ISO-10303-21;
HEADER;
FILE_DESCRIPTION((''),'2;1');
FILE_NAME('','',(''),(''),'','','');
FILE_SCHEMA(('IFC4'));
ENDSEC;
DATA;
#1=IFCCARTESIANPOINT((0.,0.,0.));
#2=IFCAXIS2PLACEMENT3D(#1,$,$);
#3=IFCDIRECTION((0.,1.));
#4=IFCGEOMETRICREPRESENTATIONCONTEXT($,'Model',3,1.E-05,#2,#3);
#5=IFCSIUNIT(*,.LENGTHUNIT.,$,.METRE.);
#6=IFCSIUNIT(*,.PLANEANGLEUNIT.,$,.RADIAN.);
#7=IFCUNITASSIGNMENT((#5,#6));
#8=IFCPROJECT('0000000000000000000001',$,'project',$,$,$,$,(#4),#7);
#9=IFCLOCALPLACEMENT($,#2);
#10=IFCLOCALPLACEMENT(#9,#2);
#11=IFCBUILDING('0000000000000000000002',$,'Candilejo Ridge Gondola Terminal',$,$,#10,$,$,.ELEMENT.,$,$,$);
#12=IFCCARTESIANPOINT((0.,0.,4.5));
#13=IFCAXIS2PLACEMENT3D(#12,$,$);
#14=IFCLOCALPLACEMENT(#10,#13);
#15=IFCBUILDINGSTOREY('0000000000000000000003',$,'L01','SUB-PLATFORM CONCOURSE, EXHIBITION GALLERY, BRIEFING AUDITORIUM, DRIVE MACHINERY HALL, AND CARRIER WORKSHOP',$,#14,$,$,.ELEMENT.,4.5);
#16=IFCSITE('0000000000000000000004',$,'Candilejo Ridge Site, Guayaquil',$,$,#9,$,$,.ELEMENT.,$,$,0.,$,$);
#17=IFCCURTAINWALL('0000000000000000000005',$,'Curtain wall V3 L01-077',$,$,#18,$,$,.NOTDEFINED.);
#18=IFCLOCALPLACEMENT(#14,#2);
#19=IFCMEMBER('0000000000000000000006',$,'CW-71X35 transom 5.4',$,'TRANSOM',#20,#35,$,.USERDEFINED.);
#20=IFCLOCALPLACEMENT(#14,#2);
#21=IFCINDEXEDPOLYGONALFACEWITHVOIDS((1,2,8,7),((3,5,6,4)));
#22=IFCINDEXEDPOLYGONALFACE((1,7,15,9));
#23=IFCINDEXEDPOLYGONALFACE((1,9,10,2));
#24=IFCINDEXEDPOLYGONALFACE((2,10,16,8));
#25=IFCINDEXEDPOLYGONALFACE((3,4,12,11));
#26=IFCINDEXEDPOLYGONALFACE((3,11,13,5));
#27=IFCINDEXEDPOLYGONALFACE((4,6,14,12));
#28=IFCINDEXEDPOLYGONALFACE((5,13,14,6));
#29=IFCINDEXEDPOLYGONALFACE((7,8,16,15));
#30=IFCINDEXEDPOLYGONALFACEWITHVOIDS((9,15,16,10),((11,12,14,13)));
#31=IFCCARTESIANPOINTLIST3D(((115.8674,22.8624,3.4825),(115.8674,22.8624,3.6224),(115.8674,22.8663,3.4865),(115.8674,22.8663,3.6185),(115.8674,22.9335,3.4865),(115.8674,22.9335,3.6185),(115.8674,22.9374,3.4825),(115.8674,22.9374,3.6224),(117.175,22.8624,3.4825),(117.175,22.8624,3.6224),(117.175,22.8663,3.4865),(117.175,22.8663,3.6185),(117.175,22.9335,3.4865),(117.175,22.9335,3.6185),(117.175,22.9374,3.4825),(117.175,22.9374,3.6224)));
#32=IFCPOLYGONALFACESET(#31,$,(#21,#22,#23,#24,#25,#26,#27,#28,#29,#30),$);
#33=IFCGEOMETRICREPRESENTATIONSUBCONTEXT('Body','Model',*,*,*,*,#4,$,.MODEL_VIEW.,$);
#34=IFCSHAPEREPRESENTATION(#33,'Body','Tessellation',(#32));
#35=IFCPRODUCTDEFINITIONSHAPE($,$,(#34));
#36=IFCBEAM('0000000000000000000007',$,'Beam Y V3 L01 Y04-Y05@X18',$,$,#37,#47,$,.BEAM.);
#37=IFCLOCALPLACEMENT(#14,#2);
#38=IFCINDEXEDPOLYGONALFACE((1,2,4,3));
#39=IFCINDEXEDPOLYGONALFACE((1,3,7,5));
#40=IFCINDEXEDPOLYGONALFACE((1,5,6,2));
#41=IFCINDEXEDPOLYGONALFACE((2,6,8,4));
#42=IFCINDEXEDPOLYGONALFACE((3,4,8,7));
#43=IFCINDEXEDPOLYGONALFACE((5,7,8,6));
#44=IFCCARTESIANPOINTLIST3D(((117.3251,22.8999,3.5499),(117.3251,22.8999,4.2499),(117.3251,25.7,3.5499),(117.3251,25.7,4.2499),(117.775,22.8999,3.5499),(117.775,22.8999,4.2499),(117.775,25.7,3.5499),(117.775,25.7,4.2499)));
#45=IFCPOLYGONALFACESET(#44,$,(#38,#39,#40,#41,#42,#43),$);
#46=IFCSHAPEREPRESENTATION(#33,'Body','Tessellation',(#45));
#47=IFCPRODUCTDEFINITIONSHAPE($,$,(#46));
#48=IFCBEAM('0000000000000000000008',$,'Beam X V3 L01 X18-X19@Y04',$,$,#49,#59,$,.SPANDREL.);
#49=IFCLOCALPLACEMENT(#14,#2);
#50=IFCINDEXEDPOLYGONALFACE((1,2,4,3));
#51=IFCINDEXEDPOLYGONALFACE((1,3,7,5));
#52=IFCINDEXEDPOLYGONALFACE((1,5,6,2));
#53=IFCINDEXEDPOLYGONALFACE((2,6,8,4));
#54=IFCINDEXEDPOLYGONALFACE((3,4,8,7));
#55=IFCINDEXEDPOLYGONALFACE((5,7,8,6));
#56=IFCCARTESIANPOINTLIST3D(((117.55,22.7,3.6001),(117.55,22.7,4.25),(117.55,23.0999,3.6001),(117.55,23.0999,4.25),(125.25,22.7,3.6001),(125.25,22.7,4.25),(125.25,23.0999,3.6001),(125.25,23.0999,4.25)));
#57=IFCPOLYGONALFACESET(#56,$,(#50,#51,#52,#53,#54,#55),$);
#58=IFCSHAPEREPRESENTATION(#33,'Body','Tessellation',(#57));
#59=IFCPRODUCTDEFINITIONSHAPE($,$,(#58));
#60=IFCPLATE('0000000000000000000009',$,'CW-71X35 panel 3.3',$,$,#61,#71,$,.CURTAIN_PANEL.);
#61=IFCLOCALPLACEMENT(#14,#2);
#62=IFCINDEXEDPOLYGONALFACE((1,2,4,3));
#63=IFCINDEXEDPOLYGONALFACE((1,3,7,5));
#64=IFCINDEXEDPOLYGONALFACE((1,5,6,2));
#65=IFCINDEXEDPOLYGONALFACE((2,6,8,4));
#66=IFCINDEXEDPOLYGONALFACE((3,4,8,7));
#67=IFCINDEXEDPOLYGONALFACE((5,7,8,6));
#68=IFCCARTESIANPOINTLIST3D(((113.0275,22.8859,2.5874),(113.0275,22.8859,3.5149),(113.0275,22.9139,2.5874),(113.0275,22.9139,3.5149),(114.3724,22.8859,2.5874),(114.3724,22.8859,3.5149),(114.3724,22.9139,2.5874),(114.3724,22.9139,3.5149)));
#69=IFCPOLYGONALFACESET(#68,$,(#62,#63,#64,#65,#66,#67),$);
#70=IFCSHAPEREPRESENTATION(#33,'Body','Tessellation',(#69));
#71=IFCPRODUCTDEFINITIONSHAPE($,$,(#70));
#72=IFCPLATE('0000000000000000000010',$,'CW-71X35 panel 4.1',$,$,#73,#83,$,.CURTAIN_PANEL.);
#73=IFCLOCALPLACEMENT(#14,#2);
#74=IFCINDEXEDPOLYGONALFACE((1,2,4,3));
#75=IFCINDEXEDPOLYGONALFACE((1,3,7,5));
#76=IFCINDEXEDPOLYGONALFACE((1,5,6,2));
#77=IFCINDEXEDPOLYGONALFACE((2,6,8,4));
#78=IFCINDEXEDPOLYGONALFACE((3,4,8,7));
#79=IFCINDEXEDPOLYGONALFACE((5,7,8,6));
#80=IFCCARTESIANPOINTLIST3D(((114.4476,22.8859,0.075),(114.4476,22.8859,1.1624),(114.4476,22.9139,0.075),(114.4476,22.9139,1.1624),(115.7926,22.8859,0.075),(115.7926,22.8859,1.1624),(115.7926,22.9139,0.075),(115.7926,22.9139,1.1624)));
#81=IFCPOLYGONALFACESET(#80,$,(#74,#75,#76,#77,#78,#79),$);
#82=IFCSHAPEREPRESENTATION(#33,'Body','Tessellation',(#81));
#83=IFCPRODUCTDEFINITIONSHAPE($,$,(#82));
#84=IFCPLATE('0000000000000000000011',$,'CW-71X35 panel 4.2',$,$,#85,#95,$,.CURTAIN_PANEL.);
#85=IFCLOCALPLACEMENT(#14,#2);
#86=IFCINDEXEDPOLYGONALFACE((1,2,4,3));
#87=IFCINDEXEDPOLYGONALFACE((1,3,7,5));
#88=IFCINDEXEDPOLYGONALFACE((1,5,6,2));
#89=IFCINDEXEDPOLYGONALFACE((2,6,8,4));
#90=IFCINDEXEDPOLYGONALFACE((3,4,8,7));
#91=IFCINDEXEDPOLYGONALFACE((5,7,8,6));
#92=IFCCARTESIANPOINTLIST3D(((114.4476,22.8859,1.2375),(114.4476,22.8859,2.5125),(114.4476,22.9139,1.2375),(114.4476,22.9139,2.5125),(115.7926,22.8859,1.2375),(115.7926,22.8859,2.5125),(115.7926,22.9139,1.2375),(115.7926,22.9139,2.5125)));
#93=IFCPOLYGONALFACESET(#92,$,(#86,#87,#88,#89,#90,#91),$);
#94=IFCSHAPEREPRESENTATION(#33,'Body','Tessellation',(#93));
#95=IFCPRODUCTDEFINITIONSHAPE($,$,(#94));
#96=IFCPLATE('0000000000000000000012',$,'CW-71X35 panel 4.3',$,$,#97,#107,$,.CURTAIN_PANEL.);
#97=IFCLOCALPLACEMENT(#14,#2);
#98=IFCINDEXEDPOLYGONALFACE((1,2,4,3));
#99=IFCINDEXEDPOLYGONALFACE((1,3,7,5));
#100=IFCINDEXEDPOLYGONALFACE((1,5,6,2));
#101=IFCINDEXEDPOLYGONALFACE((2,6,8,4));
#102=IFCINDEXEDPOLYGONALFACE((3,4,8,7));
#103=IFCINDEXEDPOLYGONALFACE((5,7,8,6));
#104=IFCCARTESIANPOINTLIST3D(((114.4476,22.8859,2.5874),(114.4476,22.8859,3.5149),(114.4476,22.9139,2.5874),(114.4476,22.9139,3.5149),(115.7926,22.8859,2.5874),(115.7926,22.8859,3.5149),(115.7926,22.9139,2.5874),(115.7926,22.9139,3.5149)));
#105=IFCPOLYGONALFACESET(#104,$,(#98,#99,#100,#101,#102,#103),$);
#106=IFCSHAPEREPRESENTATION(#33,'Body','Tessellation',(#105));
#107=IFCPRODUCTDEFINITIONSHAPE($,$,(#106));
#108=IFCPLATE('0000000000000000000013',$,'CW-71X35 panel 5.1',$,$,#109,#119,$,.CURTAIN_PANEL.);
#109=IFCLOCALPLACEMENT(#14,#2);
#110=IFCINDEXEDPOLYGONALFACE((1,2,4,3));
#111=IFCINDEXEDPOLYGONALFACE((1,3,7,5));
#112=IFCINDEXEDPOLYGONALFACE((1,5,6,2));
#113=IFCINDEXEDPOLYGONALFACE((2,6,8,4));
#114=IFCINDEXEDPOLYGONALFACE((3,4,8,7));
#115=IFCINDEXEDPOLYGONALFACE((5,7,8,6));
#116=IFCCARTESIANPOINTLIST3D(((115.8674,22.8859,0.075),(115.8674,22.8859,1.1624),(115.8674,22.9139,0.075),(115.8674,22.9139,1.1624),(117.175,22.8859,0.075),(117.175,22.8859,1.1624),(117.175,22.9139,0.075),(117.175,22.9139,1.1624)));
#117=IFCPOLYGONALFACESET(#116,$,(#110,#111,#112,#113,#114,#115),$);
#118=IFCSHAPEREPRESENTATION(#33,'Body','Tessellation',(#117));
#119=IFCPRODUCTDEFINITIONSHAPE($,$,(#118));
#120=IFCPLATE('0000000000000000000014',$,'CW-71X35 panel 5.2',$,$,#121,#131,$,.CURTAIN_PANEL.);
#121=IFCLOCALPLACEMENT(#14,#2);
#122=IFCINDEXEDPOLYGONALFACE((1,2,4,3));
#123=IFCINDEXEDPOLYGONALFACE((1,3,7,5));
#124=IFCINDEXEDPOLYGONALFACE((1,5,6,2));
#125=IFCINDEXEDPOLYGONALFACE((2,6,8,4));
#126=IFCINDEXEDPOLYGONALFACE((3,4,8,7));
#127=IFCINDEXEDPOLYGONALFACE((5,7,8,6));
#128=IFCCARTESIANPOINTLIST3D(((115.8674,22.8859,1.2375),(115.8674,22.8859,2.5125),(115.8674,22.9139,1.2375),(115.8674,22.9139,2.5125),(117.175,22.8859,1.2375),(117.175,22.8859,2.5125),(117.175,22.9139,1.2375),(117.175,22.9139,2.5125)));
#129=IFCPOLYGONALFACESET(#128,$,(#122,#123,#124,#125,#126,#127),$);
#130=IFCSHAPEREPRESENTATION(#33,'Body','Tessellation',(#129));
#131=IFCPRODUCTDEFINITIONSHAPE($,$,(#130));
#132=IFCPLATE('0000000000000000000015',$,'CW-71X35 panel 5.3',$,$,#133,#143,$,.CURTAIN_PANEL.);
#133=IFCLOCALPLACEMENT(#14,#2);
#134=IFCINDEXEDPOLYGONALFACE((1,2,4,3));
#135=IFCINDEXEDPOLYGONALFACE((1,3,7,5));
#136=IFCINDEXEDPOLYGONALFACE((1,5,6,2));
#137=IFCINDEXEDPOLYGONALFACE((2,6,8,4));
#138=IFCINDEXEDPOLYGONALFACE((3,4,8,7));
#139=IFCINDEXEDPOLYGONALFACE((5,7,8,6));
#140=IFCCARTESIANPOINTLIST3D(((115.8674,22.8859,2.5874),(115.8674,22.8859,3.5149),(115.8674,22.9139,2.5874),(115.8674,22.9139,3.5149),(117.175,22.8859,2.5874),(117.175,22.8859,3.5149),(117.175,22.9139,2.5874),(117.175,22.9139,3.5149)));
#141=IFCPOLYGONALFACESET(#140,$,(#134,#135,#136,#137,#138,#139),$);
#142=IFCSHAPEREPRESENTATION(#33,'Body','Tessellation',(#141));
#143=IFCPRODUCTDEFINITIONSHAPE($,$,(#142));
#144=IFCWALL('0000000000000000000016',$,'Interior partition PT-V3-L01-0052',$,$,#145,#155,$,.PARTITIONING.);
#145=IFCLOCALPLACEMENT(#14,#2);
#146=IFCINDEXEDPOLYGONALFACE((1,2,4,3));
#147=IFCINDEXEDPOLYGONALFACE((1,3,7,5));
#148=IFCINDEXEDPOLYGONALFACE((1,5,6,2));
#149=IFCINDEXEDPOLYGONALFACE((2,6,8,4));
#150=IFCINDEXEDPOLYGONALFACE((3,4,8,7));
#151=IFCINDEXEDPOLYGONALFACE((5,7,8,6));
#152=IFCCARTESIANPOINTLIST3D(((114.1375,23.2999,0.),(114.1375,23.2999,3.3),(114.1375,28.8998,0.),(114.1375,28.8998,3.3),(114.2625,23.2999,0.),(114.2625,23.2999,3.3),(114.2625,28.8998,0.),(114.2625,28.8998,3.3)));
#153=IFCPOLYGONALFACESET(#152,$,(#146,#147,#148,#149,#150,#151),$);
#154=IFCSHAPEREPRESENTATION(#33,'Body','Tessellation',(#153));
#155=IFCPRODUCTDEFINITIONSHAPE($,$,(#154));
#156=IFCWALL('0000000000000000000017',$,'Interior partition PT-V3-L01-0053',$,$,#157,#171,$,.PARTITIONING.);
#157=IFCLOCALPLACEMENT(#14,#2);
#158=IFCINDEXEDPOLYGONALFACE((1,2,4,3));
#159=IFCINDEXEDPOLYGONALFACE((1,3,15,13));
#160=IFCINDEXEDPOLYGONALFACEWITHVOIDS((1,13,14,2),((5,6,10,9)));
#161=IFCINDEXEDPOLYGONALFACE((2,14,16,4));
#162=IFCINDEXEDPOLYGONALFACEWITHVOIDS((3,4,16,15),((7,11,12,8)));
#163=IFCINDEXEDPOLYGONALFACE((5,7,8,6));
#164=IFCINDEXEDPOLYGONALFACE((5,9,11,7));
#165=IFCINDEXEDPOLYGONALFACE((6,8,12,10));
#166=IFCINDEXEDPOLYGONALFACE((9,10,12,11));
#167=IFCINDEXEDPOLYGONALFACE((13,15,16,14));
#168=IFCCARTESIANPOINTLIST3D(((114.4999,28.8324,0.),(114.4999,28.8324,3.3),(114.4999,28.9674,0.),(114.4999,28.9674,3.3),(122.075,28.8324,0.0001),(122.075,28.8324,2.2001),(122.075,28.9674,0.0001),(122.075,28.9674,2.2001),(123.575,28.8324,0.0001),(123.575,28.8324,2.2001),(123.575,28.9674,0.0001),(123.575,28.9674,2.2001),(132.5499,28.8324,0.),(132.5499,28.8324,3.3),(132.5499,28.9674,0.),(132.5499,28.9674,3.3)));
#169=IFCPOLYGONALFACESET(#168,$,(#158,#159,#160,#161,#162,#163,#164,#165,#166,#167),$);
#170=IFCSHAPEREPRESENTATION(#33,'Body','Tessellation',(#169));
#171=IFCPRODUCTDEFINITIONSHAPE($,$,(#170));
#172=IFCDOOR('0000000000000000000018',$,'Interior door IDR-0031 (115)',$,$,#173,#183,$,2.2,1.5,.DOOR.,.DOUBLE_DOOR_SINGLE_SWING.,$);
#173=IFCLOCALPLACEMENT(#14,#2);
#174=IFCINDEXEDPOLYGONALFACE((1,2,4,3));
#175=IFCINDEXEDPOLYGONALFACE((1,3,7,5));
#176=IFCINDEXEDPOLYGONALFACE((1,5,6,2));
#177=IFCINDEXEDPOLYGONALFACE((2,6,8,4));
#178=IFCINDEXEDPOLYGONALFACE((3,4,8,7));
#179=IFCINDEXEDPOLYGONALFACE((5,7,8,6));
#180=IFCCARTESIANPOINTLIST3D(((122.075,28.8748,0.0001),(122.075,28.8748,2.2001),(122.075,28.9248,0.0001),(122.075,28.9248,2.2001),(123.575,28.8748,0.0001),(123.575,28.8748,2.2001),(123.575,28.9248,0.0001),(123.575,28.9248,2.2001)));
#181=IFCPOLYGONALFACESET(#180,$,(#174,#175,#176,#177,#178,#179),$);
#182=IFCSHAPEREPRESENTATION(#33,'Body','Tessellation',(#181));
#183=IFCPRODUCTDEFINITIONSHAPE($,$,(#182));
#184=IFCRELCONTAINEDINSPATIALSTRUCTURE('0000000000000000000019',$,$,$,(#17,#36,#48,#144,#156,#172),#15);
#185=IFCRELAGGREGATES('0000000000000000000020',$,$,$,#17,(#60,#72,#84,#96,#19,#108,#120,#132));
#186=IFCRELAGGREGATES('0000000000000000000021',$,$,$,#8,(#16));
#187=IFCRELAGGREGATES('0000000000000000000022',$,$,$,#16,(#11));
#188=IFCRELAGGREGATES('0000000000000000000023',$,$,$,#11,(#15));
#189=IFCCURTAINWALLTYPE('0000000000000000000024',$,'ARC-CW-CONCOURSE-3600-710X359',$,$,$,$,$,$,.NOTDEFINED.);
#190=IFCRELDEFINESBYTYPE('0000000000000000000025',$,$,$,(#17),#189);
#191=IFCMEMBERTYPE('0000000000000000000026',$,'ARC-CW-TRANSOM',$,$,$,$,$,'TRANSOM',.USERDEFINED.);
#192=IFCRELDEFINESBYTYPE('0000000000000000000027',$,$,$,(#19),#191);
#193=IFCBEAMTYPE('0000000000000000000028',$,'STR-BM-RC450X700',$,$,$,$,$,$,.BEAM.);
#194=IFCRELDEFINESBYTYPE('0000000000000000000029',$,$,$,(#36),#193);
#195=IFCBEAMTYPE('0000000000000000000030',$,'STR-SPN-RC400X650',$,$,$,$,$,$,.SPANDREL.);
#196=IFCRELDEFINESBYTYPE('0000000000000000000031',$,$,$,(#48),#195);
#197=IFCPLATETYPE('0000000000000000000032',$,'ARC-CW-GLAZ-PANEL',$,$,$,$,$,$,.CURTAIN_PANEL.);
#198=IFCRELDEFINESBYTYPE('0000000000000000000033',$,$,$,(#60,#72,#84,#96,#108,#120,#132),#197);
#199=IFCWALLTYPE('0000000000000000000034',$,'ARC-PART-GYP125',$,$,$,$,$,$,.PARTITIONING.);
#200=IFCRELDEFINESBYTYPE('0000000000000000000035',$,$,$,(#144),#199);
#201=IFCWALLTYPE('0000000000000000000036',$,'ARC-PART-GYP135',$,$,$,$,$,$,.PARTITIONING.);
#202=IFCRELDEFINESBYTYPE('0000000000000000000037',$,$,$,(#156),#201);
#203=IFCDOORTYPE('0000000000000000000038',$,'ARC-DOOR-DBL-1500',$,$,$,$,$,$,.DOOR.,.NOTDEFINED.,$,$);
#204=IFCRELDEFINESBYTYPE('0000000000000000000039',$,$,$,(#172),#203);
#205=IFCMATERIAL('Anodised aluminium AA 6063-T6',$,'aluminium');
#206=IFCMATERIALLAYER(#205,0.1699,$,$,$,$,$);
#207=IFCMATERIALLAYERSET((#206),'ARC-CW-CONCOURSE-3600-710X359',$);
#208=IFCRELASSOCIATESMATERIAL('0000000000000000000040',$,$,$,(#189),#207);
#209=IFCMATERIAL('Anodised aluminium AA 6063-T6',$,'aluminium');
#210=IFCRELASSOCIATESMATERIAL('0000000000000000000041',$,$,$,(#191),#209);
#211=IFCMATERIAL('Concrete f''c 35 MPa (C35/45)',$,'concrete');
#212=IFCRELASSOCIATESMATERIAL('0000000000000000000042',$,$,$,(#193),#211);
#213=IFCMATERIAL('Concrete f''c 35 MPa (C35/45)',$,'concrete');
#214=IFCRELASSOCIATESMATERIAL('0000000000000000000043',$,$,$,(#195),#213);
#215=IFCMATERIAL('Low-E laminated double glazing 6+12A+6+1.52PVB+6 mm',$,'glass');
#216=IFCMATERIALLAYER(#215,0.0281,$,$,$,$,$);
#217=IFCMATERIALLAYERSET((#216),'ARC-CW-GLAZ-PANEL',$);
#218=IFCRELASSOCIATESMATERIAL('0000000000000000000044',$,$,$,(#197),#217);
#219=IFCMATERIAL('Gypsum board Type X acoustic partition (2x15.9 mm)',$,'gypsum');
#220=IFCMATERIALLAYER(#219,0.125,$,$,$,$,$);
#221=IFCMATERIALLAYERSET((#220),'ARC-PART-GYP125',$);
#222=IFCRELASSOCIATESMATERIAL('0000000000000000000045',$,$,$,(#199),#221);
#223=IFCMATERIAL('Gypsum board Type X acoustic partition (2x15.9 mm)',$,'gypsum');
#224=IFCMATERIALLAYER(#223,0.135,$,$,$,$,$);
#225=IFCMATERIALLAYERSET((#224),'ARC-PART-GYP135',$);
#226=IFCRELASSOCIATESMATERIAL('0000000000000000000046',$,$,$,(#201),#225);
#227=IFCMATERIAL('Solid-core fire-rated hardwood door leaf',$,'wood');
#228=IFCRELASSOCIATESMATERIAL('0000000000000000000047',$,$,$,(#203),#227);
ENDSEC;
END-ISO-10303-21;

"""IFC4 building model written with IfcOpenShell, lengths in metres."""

from ifc_helpers import new_model, si_unit, direction, frame, frame_2d, origin, origin_2d, place, context, subcontext, project, spatial, rectangle, hollow_rectangle, extrude, material, layer, layer_set, material_profile, profile_set, type_object, element, fill, aggregate, save


model = new_model("IFC4")

# Units and contexts
model_context = context("Model", 3, precision=1e-05, world=origin(), true_north=direction((0.0, 1.0)))
body_context = subcontext(model_context, "Body", "Model", "MODEL_VIEW")
ifc_project = project(units=[si_unit("LENGTHUNIT", "METRE"), si_unit("PLANEANGLEUNIT", "RADIAN")], contexts=[model_context])

# Site, building, storey
site_placement = place(None, origin())
site = spatial("IfcSite", under=ifc_project, at=site_placement, Name="Candilejo Ridge Site, Guayaquil", CompositionType="ELEMENT", RefElevation=0.0)
building_placement = place(site_placement, origin())
building = spatial("IfcBuilding", under=site, at=building_placement, Name="Candilejo Ridge Gondola Terminal", CompositionType="ELEMENT")
storey_placement = place(building_placement, frame((0.0, 0.0, 4.5)))
storey = spatial("IfcBuildingStorey", under=building, at=storey_placement, Name="L01", Description="SUB-PLATFORM CONCOURSE, EXHIBITION GALLERY, BRIEFING AUDITORIUM, DRIVE MACHINERY HALL, AND CARRIER WORKSHOP", CompositionType="ELEMENT", Elevation=4.5)

# Curtain wall, member
ifc_material_1 = material(Name="Anodised aluminium AA 6063-T6", Category="aluminium")
ifc_layer_1 = layer(ifc_material_1, 0.1699)
ifc_layer_set_1 = layer_set([ifc_layer_1], Name="ARC-CW-CONCOURSE-3600-710X359")
curtain_wall_type = type_object("IfcCurtainWallType", Name="ARC-CW-CONCOURSE-3600-710X359", PredefinedType="NOTDEFINED", material=ifc_layer_set_1)
curtain_wall_placement = place(storey_placement, origin())
curtain_wall = element("IfcCurtainWall", 1, at=curtain_wall_placement, inside=storey, type_object=curtain_wall_type, Name="Curtain wall V3 L01-077", PredefinedType="NOTDEFINED")
ifc_material_2 = material(Name="Anodised aluminium AA 6063-T6", Category="aluminium")
ifc_material_profile_1 = material_profile(ifc_material_2, hollow_rectangle(XDim=0.075, YDim=0.1399, WallThickness=0.0039, at=origin_2d()))
ifc_profile_set_1 = profile_set([ifc_material_profile_1], Name="Anodised aluminium AA 6063-T6")
member_type_1 = type_object("IfcMemberType", Name="ARC-CW-TRANSOM", ElementType="TRANSOM", PredefinedType="USERDEFINED", material=ifc_profile_set_1)
member_1_placement = place(storey_placement, frame((115.8674, 22.8999, 3.5525), z_axis=(1.0, 0.0, 0.0), x_axis=(0.0, 1.0, 0.0)))
member_1 = element("IfcMember", 2, at=member_1_placement, type_object=member_type_1, Name="CW-71X35 transom 5.4", ObjectType="TRANSOM", PredefinedType="USERDEFINED", context=body_context, shape_type="SweptSolid", body=[
    extrude(hollow_rectangle(XDim=0.075, YDim=0.1399, WallThickness=0.0039, at=origin_2d()), origin(), (0.0, 0.0, 1.0), 1.3076),
])

# Beams
ifc_material_3 = material(Name="Concrete f'c 35 MPa (C35/45)", Category="concrete")
ifc_material_profile_2 = material_profile(ifc_material_3, rectangle(XDim=0.45, YDim=0.7, at=origin_2d()))
ifc_profile_set_2 = profile_set([ifc_material_profile_2], Name="Concrete f'c 35 MPa (C35/45)")
beam_type_1 = type_object("IfcBeamType", Name="STR-BM-RC450X700", PredefinedType="BEAM", material=ifc_profile_set_2)
beam_1_placement = place(storey_placement, frame((117.55, 22.8999, 3.8999), z_axis=(0.0, 1.0, 0.0), x_axis=(-1.0, 0.0, 0.0)))
element("IfcBeam", 3, at=beam_1_placement, inside=storey, type_object=beam_type_1, Name="Beam Y V3 L01 Y04-Y05@X18", PredefinedType="BEAM", context=body_context, shape_type="SweptSolid", body=[
    extrude(rectangle(XDim=0.45, YDim=0.7, at=origin_2d()), origin(), (0.0, 0.0, 1.0), 2.8),
])
ifc_material_4 = material(Name="Concrete f'c 35 MPa (C35/45)", Category="concrete")
ifc_material_profile_3 = material_profile(ifc_material_4, rectangle(XDim=0.3999, YDim=0.6499, at=origin_2d()))
ifc_profile_set_3 = profile_set([ifc_material_profile_3], Name="Concrete f'c 35 MPa (C35/45)")
beam_type_2 = type_object("IfcBeamType", Name="STR-SPN-RC400X650", PredefinedType="SPANDREL", material=ifc_profile_set_3)
beam_2_placement = place(storey_placement, frame((117.55, 22.8999, 3.925), z_axis=(1.0, 0.0, 0.0), x_axis=(0.0, 1.0, 0.0)))
element("IfcBeam", 4, at=beam_2_placement, inside=storey, type_object=beam_type_2, Name="Beam X V3 L01 X18-X19@Y04", PredefinedType="SPANDREL", context=body_context, shape_type="SweptSolid", body=[
    extrude(rectangle(XDim=0.3999, YDim=0.6499, at=origin_2d()), origin(), (0.0, 0.0, 1.0), 7.7),
])

# Plates
ifc_material_5 = material(Name="Low-E laminated double glazing 6+12A+6+1.52PVB+6 mm", Category="glass")
ifc_layer_2 = layer(ifc_material_5, 0.0281)
ifc_layer_set_2 = layer_set([ifc_layer_2], Name="ARC-CW-GLAZ-PANEL")
plate_type = type_object("IfcPlateType", Name="ARC-CW-GLAZ-PANEL", PredefinedType="CURTAIN_PANEL", material=ifc_layer_set_2)
plate_1_placement = place(storey_placement, frame((113.7, 22.8999, 2.5874), z_axis=(0.0, 0.0, 1.0), x_axis=(1.0, 0.0, 0.0)))
plate_1 = element("IfcPlate", 5, at=plate_1_placement, type_object=plate_type, Name="CW-71X35 panel 3.3", PredefinedType="CURTAIN_PANEL", context=body_context, shape_type="SweptSolid", body=[
    extrude(rectangle(XDim=1.345, YDim=0.0281, at=origin_2d()), origin(), (0.0, 0.0, 1.0), 0.9275),
])
plate_2_placement = place(storey_placement, frame((115.1201, 22.8999, 0.075), z_axis=(0.0, 0.0, 1.0), x_axis=(1.0, 0.0, 0.0)))
plate_2 = element("IfcPlate", 6, at=plate_2_placement, type_object=plate_type, Name="CW-71X35 panel 4.1", PredefinedType="CURTAIN_PANEL", context=body_context, shape_type="SweptSolid", body=[
    extrude(rectangle(XDim=1.345, YDim=0.0281, at=origin_2d()), origin(), (0.0, 0.0, 1.0), 1.0874),
])
plate_3_placement = place(storey_placement, frame((115.1201, 22.8999, 1.2375), z_axis=(0.0, 0.0, 1.0), x_axis=(1.0, 0.0, 0.0)))
plate_3 = element("IfcPlate", 7, at=plate_3_placement, type_object=plate_type, Name="CW-71X35 panel 4.2", PredefinedType="CURTAIN_PANEL", context=body_context, shape_type="SweptSolid", body=[
    extrude(rectangle(XDim=1.345, YDim=0.0281, at=origin_2d()), origin(), (0.0, 0.0, 1.0), 1.2749),
])
plate_4_placement = place(storey_placement, frame((115.1201, 22.8999, 2.5874), z_axis=(0.0, 0.0, 1.0), x_axis=(1.0, 0.0, 0.0)))
plate_4 = element("IfcPlate", 8, at=plate_4_placement, type_object=plate_type, Name="CW-71X35 panel 4.3", PredefinedType="CURTAIN_PANEL", context=body_context, shape_type="SweptSolid", body=[
    extrude(rectangle(XDim=1.345, YDim=0.0281, at=origin_2d()), origin(), (0.0, 0.0, 1.0), 0.9275),
])
plate_5_placement = place(storey_placement, frame((116.5212, 22.8999, 0.075), z_axis=(0.0, 0.0, 1.0), x_axis=(1.0, 0.0, 0.0)))
plate_5 = element("IfcPlate", 9, at=plate_5_placement, type_object=plate_type, Name="CW-71X35 panel 5.1", PredefinedType="CURTAIN_PANEL", context=body_context, shape_type="SweptSolid", body=[
    extrude(rectangle(XDim=1.3076, YDim=0.0281, at=origin_2d()), origin(), (0.0, 0.0, 1.0), 1.0874),
])
plate_6_placement = place(storey_placement, frame((116.5212, 22.8999, 1.2375), z_axis=(0.0, 0.0, 1.0), x_axis=(1.0, 0.0, 0.0)))
plate_6 = element("IfcPlate", 10, at=plate_6_placement, type_object=plate_type, Name="CW-71X35 panel 5.2", PredefinedType="CURTAIN_PANEL", context=body_context, shape_type="SweptSolid", body=[
    extrude(rectangle(XDim=1.3076, YDim=0.0281, at=origin_2d()), origin(), (0.0, 0.0, 1.0), 1.2749),
])
plate_7_placement = place(storey_placement, frame((116.5212, 22.8999, 2.5874), z_axis=(0.0, 0.0, 1.0), x_axis=(1.0, 0.0, 0.0)))
plate_7 = element("IfcPlate", 11, at=plate_7_placement, type_object=plate_type, Name="CW-71X35 panel 5.3", PredefinedType="CURTAIN_PANEL", context=body_context, shape_type="SweptSolid", body=[
    extrude(rectangle(XDim=1.3076, YDim=0.0281, at=origin_2d()), origin(), (0.0, 0.0, 1.0), 0.9275),
])
aggregate(curtain_wall, [plate_1, plate_2, plate_3, plate_4, member_1, plate_5, plate_6, plate_7])

# Wall
ifc_material_6 = material(Name="Gypsum board Type X acoustic partition (2x15.9 mm)", Category="gypsum")
ifc_layer_3 = layer(ifc_material_6, 0.125)
ifc_layer_set_3 = layer_set([ifc_layer_3], Name="ARC-PART-GYP125")
wall_type_1 = type_object("IfcWallType", Name="ARC-PART-GYP125", PredefinedType="PARTITIONING", material=ifc_layer_set_3)
wall_1_placement = place(storey_placement, frame((114.2, 23.3, 0.0), z_axis=(0.0, 0.0, 1.0), x_axis=(0.0, 1.0, 0.0)))
element("IfcWall", 12, at=wall_1_placement, inside=storey, type_object=wall_type_1, Name="Interior partition PT-V3-L01-0052", PredefinedType="PARTITIONING", context=body_context, shape_type="SweptSolid", body=[
    extrude(rectangle(XDim=5.5999, YDim=0.125, at=frame_2d((2.7998, 0.0))), origin(), (0.0, 0.0, 1.0), 3.3),
])

# Wall, opening, door
ifc_material_7 = material(Name="Gypsum board Type X acoustic partition (2x15.9 mm)", Category="gypsum")
ifc_layer_4 = layer(ifc_material_7, 0.135)
ifc_layer_set_4 = layer_set([ifc_layer_4], Name="ARC-PART-GYP135")
wall_type_2 = type_object("IfcWallType", Name="ARC-PART-GYP135", PredefinedType="PARTITIONING", material=ifc_layer_set_4)
wall_2_placement = place(storey_placement, frame((114.5, 28.8999, 0.0), z_axis=(0.0, 0.0, 1.0), x_axis=(1.0, 0.0, 0.0)))
wall_2 = element("IfcWall", 13, at=wall_2_placement, inside=storey, type_object=wall_type_2, Name="Interior partition PT-V3-L01-0053", PredefinedType="PARTITIONING", context=body_context, shape_type="SweptSolid", body=[
    extrude(rectangle(XDim=18.05, YDim=0.135, at=frame_2d((9.0249, 0.0))), origin(), (0.0, 0.0, 1.0), 3.3),
])
opening_1_placement = place(wall_2_placement, frame((7.575, 0.0, 0.0)))
opening_1 = element("IfcOpeningElement", 14, at=opening_1_placement, cuts=wall_2, PredefinedType="OPENING", context=body_context, shape_type="SweptSolid", body=[
    extrude(rectangle(XDim=1.5, YDim=2.2, at=frame_2d((0.75, 1.1001))), frame((0.0, 0.0774, 0.0), z_axis=(0.0, -1.0, 0.0), x_axis=(1.0, 0.0, 0.0)), (0.0, 0.0, 1.0), 0.155),
])
ifc_material_8 = material(Name="Solid-core fire-rated hardwood door leaf", Category="wood")
door_type_1 = type_object("IfcDoorType", Name="ARC-DOOR-DBL-1500", OperationType="NOTDEFINED", PredefinedType="DOOR", material=ifc_material_8)
door_1_placement = place(opening_1_placement, origin())
door_1 = element("IfcDoor", 15, at=door_1_placement, inside=storey, type_object=door_type_1, Name="Interior door IDR-0031 (115)", OperationType="DOUBLE_DOOR_SINGLE_SWING", OverallHeight=2.2, OverallWidth=1.5, PredefinedType="DOOR", context=body_context, shape_type="SweptSolid", body=[
    extrude(rectangle(XDim=1.5, YDim=2.2, at=frame_2d((0.75, 1.1001))), frame((0.0, 0.0249, 0.0), z_axis=(0.0, -1.0, 0.0), x_axis=(1.0, 0.0, 0.0)), (0.0, 0.0, 1.0), 0.05),
])
fill(opening_1, door_1)

save(model, "model.ifc")
